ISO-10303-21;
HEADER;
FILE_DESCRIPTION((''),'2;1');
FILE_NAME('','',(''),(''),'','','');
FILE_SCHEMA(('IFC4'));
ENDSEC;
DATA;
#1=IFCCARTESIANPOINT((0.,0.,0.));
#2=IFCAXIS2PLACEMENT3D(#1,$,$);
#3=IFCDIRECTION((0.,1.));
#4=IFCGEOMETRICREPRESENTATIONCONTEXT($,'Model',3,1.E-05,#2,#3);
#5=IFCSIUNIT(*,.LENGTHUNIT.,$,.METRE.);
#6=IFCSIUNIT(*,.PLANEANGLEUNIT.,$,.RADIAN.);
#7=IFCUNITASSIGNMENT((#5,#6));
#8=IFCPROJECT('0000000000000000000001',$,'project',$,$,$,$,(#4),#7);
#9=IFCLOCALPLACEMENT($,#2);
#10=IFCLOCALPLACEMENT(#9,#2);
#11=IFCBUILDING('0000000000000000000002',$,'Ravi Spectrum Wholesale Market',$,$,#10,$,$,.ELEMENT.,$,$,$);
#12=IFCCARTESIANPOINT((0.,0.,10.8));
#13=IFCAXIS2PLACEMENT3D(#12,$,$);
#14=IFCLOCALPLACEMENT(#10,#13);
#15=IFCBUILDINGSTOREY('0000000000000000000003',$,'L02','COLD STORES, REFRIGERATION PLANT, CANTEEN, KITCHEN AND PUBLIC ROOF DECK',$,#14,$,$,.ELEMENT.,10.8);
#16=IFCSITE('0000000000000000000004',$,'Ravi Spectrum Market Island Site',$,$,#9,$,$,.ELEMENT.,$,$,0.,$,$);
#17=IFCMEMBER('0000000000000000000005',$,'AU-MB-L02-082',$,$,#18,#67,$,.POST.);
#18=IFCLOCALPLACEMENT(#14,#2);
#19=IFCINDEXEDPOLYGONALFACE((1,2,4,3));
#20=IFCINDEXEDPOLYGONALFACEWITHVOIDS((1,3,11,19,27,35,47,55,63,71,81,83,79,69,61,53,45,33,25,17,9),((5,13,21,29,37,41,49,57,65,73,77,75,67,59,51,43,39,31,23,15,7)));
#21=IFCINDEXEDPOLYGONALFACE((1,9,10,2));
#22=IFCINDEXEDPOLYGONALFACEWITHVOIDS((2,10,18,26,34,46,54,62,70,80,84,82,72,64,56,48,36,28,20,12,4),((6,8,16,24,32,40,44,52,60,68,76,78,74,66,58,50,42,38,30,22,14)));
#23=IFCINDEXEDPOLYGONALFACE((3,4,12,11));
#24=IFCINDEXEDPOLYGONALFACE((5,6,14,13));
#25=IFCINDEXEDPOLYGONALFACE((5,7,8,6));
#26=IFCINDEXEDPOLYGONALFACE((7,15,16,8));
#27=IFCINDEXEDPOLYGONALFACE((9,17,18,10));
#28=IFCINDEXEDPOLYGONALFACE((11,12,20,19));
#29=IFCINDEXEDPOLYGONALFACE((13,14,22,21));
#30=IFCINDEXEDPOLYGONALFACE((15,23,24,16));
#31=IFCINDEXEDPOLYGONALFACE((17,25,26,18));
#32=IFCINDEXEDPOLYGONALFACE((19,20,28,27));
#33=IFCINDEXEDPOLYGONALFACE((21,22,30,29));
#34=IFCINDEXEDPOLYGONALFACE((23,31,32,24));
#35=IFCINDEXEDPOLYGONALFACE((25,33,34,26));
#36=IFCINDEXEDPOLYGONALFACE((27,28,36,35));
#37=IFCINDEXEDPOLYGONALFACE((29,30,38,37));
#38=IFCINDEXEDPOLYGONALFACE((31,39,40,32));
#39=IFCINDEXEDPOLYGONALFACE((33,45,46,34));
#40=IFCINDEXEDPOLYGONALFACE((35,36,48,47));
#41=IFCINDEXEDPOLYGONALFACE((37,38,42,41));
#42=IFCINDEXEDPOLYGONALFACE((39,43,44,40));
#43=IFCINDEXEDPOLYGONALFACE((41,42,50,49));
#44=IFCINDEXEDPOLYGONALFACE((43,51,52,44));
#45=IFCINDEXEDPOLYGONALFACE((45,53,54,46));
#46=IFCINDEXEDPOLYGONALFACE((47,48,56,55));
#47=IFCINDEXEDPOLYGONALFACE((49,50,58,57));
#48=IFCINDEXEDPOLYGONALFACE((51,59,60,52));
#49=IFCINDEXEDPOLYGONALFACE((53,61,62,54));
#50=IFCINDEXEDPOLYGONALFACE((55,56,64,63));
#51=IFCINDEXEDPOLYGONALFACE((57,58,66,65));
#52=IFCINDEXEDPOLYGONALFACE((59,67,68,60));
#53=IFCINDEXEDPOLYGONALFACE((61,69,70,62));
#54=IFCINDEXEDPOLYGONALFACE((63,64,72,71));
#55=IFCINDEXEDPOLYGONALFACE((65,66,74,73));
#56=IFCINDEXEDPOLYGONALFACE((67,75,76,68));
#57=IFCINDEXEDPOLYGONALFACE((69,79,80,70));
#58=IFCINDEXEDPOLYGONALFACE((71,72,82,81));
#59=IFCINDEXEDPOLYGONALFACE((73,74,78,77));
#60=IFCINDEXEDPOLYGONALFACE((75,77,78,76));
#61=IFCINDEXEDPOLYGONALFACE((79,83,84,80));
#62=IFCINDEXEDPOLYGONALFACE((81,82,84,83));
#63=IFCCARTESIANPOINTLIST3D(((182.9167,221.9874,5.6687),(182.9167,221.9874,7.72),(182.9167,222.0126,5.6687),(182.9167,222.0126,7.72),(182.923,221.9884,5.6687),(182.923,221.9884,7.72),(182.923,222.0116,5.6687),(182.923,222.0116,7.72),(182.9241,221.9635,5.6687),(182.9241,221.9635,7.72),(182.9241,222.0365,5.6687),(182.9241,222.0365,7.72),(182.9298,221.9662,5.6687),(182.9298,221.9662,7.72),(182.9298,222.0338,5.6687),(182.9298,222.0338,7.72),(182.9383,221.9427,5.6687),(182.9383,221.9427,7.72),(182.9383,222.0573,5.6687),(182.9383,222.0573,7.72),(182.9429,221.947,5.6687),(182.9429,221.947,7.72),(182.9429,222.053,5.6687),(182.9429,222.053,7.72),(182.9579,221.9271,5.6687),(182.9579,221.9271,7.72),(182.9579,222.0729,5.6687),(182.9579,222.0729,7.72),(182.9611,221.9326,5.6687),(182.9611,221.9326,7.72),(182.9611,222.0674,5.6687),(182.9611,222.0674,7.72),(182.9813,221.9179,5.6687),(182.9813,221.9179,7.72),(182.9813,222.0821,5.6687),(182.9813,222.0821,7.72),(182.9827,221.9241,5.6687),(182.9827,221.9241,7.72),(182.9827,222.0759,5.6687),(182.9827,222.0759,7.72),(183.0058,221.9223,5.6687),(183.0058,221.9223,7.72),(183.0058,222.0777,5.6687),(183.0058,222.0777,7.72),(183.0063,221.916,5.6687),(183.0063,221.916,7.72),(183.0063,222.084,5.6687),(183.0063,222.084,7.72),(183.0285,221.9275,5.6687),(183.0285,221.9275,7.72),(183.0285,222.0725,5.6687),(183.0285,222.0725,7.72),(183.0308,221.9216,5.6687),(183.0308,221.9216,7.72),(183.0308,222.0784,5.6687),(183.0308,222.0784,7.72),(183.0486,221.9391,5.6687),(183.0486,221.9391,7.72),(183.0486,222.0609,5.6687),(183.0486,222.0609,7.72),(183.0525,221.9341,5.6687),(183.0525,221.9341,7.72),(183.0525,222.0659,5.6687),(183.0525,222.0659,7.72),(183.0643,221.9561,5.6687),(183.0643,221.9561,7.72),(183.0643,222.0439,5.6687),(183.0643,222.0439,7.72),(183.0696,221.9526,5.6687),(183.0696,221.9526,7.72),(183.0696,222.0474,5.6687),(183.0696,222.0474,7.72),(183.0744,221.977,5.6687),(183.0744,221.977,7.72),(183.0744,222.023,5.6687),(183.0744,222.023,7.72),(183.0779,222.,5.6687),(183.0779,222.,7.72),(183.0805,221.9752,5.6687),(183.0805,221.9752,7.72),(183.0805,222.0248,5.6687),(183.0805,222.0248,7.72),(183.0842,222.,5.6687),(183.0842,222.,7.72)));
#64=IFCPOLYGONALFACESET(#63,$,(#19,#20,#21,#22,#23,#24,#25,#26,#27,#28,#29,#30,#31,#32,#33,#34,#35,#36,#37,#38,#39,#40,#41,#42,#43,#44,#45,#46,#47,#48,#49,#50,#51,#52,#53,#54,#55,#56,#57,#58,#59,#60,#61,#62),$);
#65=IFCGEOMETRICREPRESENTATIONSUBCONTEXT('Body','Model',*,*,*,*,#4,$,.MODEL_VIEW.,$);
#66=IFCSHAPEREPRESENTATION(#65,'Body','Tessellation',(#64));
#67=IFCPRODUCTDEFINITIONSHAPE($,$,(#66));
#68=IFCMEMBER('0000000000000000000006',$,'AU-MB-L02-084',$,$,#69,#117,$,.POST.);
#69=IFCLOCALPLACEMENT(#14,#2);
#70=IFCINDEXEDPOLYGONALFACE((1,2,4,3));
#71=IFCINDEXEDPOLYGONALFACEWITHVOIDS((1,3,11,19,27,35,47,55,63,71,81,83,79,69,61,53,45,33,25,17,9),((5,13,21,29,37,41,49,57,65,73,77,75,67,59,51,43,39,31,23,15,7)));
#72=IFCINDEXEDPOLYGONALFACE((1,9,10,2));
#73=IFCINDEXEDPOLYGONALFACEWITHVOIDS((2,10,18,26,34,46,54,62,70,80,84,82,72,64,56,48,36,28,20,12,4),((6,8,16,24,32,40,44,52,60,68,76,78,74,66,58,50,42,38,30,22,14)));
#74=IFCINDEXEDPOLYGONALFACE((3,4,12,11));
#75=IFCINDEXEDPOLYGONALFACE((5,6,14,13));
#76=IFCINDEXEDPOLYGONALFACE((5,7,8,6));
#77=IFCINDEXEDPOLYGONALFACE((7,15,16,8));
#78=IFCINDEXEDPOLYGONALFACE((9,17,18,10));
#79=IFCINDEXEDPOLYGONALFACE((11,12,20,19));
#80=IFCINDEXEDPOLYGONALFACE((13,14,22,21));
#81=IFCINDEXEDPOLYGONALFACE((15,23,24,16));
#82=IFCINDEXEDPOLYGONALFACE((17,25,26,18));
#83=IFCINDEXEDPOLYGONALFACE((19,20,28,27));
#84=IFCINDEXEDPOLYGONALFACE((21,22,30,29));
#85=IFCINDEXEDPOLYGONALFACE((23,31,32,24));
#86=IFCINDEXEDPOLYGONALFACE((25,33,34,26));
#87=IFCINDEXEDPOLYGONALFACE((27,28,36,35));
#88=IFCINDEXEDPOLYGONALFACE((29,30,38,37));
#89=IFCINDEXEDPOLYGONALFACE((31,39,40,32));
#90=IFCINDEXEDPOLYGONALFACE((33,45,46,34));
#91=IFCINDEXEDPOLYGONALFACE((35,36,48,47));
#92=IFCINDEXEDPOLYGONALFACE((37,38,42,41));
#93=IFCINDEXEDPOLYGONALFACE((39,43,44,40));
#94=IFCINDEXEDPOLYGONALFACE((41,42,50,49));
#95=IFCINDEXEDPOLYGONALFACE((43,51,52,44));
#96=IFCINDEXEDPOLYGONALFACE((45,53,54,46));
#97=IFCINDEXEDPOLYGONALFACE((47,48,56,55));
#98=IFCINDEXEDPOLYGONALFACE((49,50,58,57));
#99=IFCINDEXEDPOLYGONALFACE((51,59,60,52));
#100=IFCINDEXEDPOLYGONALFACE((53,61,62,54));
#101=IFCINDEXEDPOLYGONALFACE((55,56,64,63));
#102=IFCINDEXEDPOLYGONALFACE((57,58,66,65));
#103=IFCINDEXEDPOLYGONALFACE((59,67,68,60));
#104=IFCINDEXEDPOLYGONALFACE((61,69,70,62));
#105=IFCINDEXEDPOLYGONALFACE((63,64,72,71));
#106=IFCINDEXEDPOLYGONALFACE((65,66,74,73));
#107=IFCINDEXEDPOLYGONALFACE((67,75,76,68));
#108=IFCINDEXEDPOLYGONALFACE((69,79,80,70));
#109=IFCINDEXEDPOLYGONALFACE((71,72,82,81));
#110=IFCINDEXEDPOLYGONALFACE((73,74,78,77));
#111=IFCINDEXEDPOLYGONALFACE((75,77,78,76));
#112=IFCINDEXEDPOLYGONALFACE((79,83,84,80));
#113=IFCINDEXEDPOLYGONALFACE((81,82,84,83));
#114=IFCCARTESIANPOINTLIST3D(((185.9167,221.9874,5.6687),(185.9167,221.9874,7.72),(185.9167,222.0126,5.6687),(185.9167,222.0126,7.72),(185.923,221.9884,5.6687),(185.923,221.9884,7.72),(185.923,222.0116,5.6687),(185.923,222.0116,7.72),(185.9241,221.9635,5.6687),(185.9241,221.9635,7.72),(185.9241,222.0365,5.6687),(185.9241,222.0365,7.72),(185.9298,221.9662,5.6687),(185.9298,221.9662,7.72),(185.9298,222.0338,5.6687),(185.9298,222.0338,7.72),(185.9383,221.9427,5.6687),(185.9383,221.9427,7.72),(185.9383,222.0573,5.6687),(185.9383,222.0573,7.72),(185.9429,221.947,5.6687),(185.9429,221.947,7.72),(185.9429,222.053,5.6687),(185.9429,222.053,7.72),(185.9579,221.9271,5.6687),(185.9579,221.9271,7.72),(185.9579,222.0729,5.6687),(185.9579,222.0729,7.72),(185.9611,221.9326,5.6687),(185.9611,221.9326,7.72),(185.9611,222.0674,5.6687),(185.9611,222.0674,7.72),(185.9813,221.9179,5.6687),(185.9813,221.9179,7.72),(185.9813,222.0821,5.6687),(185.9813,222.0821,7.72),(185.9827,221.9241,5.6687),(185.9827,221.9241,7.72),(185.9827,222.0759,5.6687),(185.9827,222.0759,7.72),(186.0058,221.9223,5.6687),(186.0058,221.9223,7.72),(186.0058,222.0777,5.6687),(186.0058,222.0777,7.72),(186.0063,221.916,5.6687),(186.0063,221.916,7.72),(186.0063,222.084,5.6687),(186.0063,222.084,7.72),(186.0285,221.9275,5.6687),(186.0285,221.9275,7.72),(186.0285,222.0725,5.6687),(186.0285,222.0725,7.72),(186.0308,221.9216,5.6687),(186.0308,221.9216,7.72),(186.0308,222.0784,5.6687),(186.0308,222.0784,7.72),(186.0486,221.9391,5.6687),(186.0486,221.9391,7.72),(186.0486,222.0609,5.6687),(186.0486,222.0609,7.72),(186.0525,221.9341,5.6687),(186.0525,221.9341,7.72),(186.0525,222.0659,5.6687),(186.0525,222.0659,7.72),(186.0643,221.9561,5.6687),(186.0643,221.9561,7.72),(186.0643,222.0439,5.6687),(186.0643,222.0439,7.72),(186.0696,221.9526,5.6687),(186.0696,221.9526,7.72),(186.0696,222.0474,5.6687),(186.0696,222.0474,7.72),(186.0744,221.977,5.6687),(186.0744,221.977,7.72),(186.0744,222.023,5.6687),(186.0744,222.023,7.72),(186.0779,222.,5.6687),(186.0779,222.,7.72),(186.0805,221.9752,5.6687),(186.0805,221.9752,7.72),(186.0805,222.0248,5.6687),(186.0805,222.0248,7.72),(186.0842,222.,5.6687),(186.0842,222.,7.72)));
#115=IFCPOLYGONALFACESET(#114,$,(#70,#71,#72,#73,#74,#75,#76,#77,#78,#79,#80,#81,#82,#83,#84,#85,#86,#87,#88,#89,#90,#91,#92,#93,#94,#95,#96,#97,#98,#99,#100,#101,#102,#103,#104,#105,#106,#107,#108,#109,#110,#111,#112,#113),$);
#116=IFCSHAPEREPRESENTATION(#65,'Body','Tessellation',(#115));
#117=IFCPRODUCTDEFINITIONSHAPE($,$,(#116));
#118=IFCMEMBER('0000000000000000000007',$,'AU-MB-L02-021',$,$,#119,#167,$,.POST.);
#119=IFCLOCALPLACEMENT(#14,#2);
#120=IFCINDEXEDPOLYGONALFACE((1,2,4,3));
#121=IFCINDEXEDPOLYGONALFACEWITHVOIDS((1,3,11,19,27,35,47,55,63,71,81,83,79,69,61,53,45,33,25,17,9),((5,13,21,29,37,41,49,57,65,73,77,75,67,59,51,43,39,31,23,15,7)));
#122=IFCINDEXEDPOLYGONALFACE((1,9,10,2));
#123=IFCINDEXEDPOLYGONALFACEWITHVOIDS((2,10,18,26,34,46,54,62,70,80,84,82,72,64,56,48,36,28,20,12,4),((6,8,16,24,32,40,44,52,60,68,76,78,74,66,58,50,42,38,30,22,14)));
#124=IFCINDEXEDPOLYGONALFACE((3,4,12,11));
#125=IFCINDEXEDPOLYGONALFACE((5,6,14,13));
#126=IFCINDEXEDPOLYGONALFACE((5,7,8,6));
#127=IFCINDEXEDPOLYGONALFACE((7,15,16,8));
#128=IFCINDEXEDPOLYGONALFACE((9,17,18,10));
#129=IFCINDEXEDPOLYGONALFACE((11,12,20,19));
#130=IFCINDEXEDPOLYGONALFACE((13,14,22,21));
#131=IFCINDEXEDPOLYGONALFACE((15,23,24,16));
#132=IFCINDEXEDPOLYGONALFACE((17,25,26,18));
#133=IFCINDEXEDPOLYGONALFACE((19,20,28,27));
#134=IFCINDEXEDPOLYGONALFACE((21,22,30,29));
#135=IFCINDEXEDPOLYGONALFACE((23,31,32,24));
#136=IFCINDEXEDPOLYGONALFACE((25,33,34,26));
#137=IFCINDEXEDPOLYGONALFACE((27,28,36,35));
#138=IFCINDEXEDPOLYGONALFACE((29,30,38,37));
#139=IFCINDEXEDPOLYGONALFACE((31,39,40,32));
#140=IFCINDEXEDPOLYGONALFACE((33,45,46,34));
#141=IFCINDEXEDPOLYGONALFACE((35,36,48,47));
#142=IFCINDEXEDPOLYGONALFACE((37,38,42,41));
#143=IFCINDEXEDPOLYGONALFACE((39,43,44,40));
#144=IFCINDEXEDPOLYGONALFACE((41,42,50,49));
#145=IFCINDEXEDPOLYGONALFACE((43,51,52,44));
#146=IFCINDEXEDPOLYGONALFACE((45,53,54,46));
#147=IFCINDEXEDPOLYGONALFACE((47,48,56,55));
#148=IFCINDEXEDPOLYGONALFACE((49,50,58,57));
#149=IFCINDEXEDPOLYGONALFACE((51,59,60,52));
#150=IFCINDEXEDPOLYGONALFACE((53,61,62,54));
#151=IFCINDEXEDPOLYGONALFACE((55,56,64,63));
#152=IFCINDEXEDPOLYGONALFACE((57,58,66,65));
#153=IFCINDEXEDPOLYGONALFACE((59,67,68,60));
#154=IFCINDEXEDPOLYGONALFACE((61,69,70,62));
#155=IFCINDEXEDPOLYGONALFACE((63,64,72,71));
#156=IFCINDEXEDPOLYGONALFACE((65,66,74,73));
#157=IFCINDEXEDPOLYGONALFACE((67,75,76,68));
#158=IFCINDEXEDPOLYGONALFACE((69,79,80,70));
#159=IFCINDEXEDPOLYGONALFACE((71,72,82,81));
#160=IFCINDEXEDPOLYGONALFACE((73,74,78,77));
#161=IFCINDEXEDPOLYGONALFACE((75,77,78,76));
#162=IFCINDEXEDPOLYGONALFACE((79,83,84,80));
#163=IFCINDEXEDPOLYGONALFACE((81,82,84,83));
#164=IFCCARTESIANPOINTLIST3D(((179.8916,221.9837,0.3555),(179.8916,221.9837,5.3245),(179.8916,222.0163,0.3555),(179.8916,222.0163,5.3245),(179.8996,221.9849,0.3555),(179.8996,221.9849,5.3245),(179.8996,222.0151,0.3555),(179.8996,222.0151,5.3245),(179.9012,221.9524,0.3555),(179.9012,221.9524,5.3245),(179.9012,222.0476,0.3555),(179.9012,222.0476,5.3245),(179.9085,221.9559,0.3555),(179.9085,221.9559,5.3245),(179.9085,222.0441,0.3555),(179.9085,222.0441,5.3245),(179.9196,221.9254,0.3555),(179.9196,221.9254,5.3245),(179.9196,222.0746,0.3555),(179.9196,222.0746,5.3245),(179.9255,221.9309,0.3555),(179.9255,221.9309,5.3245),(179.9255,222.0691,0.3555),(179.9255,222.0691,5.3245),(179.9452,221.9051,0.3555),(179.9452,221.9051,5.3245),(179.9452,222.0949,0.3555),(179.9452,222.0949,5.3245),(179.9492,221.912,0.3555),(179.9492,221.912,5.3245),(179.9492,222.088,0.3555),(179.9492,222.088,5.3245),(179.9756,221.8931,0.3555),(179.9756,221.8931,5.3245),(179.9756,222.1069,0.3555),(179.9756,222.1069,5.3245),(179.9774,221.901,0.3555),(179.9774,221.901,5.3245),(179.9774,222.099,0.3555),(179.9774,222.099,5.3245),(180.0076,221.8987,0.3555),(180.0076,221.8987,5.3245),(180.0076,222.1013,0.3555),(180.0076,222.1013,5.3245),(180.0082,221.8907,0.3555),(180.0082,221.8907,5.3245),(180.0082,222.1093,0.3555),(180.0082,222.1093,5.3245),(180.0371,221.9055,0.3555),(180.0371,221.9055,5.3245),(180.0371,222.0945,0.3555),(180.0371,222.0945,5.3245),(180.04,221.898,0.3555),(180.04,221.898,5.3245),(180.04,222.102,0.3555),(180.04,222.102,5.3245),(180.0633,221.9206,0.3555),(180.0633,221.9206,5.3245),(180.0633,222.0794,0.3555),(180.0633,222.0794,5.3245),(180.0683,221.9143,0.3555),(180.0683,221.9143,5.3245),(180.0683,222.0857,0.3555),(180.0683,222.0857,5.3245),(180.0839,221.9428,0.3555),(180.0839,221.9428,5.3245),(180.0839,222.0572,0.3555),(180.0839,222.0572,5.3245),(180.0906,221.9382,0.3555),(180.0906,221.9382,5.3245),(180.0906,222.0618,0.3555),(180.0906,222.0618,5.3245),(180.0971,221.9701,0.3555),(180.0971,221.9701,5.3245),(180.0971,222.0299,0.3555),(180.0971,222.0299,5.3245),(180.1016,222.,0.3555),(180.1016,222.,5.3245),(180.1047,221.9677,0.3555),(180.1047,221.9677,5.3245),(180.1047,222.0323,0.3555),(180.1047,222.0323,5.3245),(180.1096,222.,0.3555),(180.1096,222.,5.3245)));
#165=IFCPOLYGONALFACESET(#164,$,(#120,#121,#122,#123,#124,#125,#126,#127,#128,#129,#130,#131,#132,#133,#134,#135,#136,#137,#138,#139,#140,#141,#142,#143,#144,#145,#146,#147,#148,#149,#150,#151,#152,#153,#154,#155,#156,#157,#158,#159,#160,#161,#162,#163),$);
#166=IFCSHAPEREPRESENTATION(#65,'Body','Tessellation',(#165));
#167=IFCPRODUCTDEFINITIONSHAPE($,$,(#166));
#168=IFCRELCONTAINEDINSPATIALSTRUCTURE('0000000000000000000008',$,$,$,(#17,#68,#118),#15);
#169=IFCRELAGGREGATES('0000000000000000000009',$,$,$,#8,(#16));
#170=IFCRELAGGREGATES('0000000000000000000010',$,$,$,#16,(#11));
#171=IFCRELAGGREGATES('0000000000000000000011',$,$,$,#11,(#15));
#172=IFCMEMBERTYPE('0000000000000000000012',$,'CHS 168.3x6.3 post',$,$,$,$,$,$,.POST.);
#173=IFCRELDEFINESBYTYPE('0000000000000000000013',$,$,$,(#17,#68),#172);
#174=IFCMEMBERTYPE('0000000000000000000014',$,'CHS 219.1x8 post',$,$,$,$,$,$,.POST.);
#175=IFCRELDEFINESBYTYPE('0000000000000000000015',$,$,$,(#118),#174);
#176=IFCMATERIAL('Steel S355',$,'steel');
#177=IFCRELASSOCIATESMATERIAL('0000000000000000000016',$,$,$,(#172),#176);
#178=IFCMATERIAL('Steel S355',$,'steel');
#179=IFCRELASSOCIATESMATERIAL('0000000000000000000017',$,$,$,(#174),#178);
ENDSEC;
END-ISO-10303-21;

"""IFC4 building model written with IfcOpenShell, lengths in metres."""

from ifc_helpers import new_model, si_unit, direction, frame, origin, origin_2d, place, context, subcontext, project, spatial, hollow_circle, extrude, material, material_profile, profile_set, type_object, element, save


model = new_model("IFC4")

# Units and contexts
model_context = context("Model", 3, precision=1e-05, world=origin(), true_north=direction((0.0, 1.0)))
body_context = subcontext(model_context, "Body", "Model", "MODEL_VIEW")
ifc_project = project(units=[si_unit("LENGTHUNIT", "METRE"), si_unit("PLANEANGLEUNIT", "RADIAN")], contexts=[model_context])

# Site, building, storey
site_placement = place(None, origin())
site = spatial("IfcSite", under=ifc_project, at=site_placement, Name="Ravi Spectrum Market Island Site", CompositionType="ELEMENT", RefElevation=0.0)
building_placement = place(site_placement, origin())
building = spatial("IfcBuilding", under=site, at=building_placement, Name="Ravi Spectrum Wholesale Market", CompositionType="ELEMENT")
storey_placement = place(building_placement, frame((0.0, 0.0, 10.8)))
storey = spatial("IfcBuildingStorey", under=building, at=storey_placement, Name="L02", Description="COLD STORES, REFRIGERATION PLANT, CANTEEN, KITCHEN AND PUBLIC ROOF DECK", CompositionType="ELEMENT", Elevation=10.8)

# Members
ifc_material_1 = material(Name="Steel S355", Category="steel")
ifc_material_profile_1 = material_profile(ifc_material_1, hollow_circle(Radius=0.0842, WallThickness=0.0063, at=origin_2d()))
ifc_profile_set_1 = profile_set([ifc_material_profile_1], Name="Steel S355")
member_type_1 = type_object("IfcMemberType", Name="CHS 168.3x6.3 post", PredefinedType="POST", material=ifc_profile_set_1)
for number, where, z_axis, x_axis, name in (
    (1, (183.0, 222.0, 5.6687), (0.0, 0.0, 1.0), (1.0, 0.0, 0.0), "AU-MB-L02-082"),
    (2, (186.0, 222.0, 5.6687), (0.0, 0.0, 1.0), (1.0, 0.0, 0.0), "AU-MB-L02-084"),
):
    element("IfcMember", number, at=place(storey_placement, frame(where, z_axis=z_axis, x_axis=x_axis)), inside=storey, type_object=member_type_1, Name=name, PredefinedType="POST", context=body_context, shape_type="SweptSolid", body=[
        extrude(hollow_circle(Radius=0.0842, WallThickness=0.0063, at=origin_2d()), origin(), (0.0, 0.0, 1.0), 2.0513),
    ])
ifc_material_2 = material(Name="Steel S355", Category="steel")
ifc_material_profile_2 = material_profile(ifc_material_2, hollow_circle(Radius=0.1096, WallThickness=0.0081, at=origin_2d()))
ifc_profile_set_2 = profile_set([ifc_material_profile_2], Name="Steel S355")
member_type_2 = type_object("IfcMemberType", Name="CHS 219.1x8 post", PredefinedType="POST", material=ifc_profile_set_2)
for number, where, z_axis, x_axis, name in (
    (3, (180.0, 222.0, 0.3555), (0.0, 0.0, 1.0), (1.0, 0.0, 0.0), "AU-MB-L02-021"),
):
    element("IfcMember", number, at=place(storey_placement, frame(where, z_axis=z_axis, x_axis=x_axis)), inside=storey, type_object=member_type_2, Name=name, PredefinedType="POST", context=body_context, shape_type="SweptSolid", body=[
        extrude(hollow_circle(Radius=0.1096, WallThickness=0.0081, at=origin_2d()), origin(), (0.0, 0.0, 1.0), 4.969),
    ])

save(model, "model.ifc")
